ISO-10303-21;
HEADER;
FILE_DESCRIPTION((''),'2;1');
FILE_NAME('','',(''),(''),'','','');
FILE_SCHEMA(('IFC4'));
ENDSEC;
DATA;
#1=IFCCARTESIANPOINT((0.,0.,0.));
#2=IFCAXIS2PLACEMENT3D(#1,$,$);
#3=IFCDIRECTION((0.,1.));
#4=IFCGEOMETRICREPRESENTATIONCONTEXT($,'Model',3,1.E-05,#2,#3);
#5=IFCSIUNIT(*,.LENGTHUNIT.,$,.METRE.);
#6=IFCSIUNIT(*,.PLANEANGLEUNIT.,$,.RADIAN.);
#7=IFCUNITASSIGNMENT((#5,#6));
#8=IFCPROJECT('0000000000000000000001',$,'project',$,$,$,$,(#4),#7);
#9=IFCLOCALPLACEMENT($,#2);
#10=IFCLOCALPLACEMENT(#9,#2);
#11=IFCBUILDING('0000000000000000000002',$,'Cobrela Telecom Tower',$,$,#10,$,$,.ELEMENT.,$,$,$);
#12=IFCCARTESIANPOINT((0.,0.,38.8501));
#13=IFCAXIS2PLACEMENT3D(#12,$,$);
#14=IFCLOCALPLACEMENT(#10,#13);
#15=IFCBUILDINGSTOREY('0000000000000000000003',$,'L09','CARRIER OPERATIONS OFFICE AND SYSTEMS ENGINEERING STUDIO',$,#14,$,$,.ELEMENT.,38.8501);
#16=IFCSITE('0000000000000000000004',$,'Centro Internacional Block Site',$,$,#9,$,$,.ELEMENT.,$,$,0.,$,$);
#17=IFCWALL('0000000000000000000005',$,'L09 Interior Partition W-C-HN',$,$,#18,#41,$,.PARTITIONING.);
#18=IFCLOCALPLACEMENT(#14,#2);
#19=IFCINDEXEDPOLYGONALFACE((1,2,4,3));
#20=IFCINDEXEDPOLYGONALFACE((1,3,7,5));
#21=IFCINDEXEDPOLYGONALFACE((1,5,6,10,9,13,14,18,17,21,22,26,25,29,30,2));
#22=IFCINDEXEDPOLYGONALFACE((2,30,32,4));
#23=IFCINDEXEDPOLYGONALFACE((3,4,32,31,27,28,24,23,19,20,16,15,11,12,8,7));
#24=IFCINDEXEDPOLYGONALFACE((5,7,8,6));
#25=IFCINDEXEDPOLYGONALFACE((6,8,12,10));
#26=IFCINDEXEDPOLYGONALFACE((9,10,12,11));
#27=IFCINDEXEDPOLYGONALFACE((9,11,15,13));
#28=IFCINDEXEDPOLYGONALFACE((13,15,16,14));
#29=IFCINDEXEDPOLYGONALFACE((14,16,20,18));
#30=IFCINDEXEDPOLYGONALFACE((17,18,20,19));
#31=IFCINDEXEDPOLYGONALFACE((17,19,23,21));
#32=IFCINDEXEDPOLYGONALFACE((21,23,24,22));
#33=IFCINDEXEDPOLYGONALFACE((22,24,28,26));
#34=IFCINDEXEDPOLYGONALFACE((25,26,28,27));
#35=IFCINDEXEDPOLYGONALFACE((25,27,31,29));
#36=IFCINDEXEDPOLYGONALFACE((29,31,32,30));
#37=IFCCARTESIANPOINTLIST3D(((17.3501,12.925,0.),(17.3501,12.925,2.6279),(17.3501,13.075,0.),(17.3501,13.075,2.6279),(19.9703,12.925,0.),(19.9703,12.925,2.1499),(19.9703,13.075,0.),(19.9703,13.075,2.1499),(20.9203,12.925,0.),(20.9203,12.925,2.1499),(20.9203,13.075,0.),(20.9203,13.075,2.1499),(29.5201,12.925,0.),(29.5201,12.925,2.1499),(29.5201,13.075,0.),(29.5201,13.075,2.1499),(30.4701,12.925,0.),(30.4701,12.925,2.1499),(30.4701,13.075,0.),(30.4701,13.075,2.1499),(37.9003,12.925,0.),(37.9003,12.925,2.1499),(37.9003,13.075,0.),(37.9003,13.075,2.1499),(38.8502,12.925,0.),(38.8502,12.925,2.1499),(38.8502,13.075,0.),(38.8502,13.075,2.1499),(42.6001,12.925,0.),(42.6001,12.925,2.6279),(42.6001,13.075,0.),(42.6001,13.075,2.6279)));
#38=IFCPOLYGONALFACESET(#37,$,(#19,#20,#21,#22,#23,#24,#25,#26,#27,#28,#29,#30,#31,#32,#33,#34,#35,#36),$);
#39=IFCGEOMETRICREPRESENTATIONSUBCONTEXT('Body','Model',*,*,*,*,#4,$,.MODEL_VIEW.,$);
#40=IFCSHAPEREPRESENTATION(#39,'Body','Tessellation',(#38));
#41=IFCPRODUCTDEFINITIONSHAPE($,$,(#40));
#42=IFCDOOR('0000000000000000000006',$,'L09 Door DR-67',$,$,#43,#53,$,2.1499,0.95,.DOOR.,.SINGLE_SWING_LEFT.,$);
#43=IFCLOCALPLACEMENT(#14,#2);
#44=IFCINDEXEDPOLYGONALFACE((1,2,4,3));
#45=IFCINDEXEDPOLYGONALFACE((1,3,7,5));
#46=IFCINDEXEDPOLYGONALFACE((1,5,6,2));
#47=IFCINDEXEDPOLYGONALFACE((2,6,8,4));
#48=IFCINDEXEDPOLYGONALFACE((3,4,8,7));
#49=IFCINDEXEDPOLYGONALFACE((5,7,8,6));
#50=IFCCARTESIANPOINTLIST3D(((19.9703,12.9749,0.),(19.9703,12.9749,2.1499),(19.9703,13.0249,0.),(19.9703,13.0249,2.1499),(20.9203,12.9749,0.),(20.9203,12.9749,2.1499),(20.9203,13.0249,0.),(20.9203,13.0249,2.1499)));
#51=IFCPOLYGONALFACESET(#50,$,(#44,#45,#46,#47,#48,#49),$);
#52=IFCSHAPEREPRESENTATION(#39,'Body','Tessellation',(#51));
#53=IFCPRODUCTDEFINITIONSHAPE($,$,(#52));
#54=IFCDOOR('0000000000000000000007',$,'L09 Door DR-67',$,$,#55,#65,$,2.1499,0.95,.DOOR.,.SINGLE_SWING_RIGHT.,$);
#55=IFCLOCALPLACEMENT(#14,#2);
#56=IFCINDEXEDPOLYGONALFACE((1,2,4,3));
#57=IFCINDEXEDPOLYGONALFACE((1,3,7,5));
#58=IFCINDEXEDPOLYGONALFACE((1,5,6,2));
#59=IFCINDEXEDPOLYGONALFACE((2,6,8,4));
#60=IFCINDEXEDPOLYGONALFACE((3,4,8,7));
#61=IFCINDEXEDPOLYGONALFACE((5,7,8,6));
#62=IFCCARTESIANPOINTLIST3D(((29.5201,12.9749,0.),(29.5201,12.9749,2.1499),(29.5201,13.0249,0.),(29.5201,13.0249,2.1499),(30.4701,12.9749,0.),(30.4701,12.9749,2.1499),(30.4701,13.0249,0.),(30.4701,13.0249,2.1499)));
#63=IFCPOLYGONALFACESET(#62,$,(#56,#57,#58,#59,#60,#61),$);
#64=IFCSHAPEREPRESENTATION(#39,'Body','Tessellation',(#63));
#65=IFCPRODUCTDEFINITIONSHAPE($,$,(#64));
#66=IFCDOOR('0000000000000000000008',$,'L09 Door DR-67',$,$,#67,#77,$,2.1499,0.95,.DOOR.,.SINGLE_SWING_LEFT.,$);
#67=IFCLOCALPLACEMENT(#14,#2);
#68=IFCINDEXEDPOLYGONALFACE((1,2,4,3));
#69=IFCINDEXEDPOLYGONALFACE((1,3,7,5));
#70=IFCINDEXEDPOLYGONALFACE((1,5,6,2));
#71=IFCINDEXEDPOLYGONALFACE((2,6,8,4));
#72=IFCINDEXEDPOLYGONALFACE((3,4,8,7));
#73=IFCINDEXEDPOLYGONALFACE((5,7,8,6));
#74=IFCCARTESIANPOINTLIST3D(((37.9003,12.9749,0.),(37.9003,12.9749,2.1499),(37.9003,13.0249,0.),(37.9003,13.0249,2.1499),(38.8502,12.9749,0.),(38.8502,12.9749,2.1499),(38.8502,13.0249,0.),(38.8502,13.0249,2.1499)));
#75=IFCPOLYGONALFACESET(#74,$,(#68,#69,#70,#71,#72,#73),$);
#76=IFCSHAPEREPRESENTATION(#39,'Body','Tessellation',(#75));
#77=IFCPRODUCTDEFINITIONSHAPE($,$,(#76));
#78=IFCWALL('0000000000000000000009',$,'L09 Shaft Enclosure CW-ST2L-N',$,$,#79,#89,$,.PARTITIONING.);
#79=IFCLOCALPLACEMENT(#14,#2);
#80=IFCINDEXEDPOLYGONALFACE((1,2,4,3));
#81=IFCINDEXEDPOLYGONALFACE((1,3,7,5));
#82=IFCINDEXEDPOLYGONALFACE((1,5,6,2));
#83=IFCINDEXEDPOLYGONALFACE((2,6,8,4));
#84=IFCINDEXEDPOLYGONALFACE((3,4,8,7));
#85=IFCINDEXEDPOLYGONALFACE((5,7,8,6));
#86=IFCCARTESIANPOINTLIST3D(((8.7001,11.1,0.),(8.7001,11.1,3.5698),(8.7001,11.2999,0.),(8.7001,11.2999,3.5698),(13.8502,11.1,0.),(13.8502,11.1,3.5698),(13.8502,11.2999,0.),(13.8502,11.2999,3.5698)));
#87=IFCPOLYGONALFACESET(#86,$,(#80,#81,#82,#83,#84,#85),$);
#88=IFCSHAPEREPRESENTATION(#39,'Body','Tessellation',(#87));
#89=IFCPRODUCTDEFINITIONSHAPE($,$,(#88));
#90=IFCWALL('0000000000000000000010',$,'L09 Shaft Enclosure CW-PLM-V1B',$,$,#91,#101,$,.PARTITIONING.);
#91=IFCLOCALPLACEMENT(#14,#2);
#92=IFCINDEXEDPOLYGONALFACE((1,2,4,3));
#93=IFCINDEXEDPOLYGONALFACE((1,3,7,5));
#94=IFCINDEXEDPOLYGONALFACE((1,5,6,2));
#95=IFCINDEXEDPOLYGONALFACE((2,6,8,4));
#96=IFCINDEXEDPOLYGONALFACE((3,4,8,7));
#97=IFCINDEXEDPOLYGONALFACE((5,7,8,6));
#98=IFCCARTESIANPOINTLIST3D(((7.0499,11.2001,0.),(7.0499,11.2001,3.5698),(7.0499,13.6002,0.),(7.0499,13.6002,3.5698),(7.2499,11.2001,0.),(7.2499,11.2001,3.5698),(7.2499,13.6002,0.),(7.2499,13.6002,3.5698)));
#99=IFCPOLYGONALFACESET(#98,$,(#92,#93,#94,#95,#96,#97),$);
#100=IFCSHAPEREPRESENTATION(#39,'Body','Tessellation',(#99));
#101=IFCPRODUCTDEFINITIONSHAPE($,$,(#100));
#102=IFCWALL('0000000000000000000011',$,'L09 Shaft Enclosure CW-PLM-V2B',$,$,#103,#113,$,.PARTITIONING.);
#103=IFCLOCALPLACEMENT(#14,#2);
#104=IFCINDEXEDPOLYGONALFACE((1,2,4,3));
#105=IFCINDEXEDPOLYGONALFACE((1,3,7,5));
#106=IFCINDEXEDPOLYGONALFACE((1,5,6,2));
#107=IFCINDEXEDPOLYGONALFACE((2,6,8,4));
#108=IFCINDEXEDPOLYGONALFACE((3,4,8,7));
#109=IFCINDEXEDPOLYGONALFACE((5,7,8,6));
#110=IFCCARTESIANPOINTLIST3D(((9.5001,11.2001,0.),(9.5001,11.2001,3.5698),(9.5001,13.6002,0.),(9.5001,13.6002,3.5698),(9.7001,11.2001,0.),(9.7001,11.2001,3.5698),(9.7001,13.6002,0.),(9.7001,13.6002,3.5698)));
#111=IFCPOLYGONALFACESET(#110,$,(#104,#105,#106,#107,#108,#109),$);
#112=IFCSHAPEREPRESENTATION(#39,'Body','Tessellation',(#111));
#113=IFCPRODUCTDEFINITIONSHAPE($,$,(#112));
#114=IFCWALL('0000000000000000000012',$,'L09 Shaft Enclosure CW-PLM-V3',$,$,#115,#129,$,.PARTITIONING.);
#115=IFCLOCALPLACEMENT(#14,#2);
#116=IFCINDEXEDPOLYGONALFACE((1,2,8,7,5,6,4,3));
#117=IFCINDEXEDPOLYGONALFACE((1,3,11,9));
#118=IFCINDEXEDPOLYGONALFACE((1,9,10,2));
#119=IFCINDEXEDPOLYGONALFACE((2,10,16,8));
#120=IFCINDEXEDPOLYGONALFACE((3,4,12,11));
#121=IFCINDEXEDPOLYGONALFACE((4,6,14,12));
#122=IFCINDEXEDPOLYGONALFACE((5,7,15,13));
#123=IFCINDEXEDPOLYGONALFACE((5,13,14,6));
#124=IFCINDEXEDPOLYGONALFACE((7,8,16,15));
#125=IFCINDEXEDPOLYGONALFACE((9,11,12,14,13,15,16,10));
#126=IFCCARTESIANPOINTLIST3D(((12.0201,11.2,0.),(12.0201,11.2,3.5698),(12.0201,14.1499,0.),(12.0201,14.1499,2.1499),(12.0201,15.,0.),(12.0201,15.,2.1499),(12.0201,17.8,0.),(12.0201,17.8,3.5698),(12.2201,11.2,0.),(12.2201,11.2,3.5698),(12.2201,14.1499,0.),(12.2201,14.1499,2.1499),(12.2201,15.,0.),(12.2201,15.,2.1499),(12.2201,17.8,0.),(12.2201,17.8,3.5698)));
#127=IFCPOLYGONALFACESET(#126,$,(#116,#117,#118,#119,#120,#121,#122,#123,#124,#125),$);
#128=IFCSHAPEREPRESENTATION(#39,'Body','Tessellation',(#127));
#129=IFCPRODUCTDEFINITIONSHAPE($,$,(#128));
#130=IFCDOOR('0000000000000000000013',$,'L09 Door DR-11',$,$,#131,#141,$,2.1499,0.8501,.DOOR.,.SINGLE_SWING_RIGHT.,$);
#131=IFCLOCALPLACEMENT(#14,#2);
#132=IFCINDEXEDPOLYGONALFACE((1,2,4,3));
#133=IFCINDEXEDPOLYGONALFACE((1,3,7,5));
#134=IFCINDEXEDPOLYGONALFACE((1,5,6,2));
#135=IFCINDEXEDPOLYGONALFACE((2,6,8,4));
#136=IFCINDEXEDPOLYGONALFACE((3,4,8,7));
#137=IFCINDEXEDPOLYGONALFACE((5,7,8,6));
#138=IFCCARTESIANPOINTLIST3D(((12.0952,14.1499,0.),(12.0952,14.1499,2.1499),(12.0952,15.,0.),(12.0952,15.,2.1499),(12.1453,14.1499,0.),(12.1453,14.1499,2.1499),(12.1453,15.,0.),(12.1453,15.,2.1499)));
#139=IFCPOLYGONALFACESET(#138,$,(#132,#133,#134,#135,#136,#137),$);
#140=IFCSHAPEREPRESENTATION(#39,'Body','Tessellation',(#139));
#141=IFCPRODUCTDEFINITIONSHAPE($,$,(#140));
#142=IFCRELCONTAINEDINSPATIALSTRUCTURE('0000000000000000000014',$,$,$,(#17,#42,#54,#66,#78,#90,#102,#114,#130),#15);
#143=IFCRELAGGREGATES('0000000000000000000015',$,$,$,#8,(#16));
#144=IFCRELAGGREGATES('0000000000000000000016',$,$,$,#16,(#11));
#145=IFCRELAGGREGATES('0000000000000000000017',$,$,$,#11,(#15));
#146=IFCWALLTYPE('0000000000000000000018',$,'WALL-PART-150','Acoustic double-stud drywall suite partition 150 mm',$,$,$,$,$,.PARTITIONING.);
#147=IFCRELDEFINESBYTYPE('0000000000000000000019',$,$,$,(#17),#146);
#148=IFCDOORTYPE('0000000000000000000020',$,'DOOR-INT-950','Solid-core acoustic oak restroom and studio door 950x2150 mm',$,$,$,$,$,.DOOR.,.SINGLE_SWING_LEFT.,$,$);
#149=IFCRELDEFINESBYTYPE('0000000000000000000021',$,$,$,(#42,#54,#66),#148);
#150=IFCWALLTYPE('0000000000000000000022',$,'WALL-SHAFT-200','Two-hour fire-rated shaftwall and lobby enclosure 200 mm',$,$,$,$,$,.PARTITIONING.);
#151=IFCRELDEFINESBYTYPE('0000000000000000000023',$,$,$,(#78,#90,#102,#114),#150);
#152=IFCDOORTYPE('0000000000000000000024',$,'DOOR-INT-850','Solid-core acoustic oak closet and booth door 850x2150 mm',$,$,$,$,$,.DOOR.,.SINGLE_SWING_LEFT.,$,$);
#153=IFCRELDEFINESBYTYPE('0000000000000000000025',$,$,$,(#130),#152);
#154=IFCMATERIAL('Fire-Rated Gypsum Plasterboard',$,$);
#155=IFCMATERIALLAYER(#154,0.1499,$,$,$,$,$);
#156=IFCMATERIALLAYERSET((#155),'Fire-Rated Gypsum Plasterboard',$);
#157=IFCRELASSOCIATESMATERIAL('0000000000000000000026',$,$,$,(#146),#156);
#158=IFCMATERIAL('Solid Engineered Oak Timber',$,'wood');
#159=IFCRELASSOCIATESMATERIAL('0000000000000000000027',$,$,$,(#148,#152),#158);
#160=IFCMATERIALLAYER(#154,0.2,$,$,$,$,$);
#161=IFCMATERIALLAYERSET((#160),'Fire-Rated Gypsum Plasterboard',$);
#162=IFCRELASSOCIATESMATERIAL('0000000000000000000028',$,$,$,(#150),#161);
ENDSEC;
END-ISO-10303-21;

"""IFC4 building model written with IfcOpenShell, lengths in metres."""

from ifc_helpers import new_model, si_unit, direction, frame, frame_2d, origin, place, context, subcontext, project, spatial, rectangle, extrude, material, layer, layer_set, type_object, element, fill, save


model = new_model("IFC4")

# Units and contexts
model_context = context("Model", 3, precision=1e-05, world=origin(), true_north=direction((0.0, 1.0)))
body_context = subcontext(model_context, "Body", "Model", "MODEL_VIEW")
ifc_project = project(units=[si_unit("LENGTHUNIT", "METRE"), si_unit("PLANEANGLEUNIT", "RADIAN")], contexts=[model_context])

# Site, building, storey
site_placement = place(None, origin())
site = spatial("IfcSite", under=ifc_project, at=site_placement, Name="Centro Internacional Block Site", CompositionType="ELEMENT", RefElevation=0.0)
building_placement = place(site_placement, origin())
building = spatial("IfcBuilding", under=site, at=building_placement, Name="Cobrela Telecom Tower", CompositionType="ELEMENT")
storey_placement = place(building_placement, frame((0.0, 0.0, 38.8501)))
storey = spatial("IfcBuildingStorey", under=building, at=storey_placement, Name="L09", Description="CARRIER OPERATIONS OFFICE AND SYSTEMS ENGINEERING STUDIO", CompositionType="ELEMENT", Elevation=38.8501)

# Shared definitions
ifc_material_1 = material(Name="Fire-Rated Gypsum Plasterboard")
ifc_layer_1 = layer(ifc_material_1, 0.1499)
ifc_layer_set_1 = layer_set([ifc_layer_1], Name="Fire-Rated Gypsum Plasterboard")
wall_type_1 = type_object("IfcWallType", Name="WALL-PART-150", Description="Acoustic double-stud drywall suite partition 150 mm", PredefinedType="PARTITIONING", material=ifc_layer_set_1)
ifc_material_2 = material(Name="Solid Engineered Oak Timber", Category="wood")
door_type_1 = type_object("IfcDoorType", Name="DOOR-INT-950", Description="Solid-core acoustic oak restroom and studio door 950x2150 mm", OperationType="SINGLE_SWING_LEFT", PredefinedType="DOOR", material=ifc_material_2)

# Wall, openings, doors
wall_1_placement = place(storey_placement, frame((17.3501, 13.0, 0.0), z_axis=(0.0, 0.0, 1.0), x_axis=(1.0, 0.0, 0.0)))
wall_1 = element("IfcWall", 1, at=wall_1_placement, inside=storey, type_object=wall_type_1, Name="L09 Interior Partition W-C-HN", PredefinedType="PARTITIONING", context=body_context, shape_type="SweptSolid", body=[
    extrude(rectangle(XDim=25.25, YDim=0.1499, at=frame_2d((12.625, 0.0))), origin(), (0.0, 0.0, 1.0), 2.6279),
])
opening_1_placement = place(wall_1_placement, frame((2.6201, 0.0, 0.0)))
opening_1 = element("IfcOpeningElement", 2, at=opening_1_placement, cuts=wall_1, PredefinedType="OPENING", context=body_context, shape_type="SweptSolid", body=[
    extrude(rectangle(XDim=0.95, YDim=2.1499, at=frame_2d((0.4751, 1.075))), frame((0.0, 0.0869, 0.0), z_axis=(0.0, -1.0, 0.0), x_axis=(1.0, 0.0, 0.0)), (0.0, 0.0, 1.0), 0.1738),
])
opening_2_placement = place(wall_1_placement, frame((12.1699, 0.0, 0.0)))
opening_2 = element("IfcOpeningElement", 3, at=opening_2_placement, cuts=wall_1, PredefinedType="OPENING", context=body_context, shape_type="SweptSolid", body=[
    extrude(rectangle(XDim=0.95, YDim=2.1499, at=frame_2d((0.4751, 1.075))), frame((0.0, 0.0869, 0.0), z_axis=(0.0, -1.0, 0.0), x_axis=(1.0, 0.0, 0.0)), (0.0, 0.0, 1.0), 0.1738),
])
opening_3_placement = place(wall_1_placement, frame((20.55, 0.0, 0.0)))
opening_3 = element("IfcOpeningElement", 4, at=opening_3_placement, cuts=wall_1, PredefinedType="OPENING", context=body_context, shape_type="SweptSolid", body=[
    extrude(rectangle(XDim=0.95, YDim=2.1499, at=frame_2d((0.4751, 1.075))), frame((0.0, 0.0869, 0.0), z_axis=(0.0, -1.0, 0.0), x_axis=(1.0, 0.0, 0.0)), (0.0, 0.0, 1.0), 0.1738),
])
door_1_placement = place(opening_1_placement, origin())
door_1 = element("IfcDoor", 5, at=door_1_placement, inside=storey, type_object=door_type_1, Name="L09 Door DR-67", OperationType="SINGLE_SWING_LEFT", OverallHeight=2.1499, OverallWidth=0.95, PredefinedType="DOOR", context=body_context, shape_type="SweptSolid", body=[
    extrude(rectangle(XDim=0.95, YDim=2.1499, at=frame_2d((0.4751, 1.075))), frame((0.0, 0.0249, 0.0), z_axis=(0.0, -1.0, 0.0), x_axis=(1.0, 0.0, 0.0)), (0.0, 0.0, 1.0), 0.05),
])
fill(opening_1, door_1)
door_2_placement = place(opening_2_placement, origin())
door_2 = element("IfcDoor", 6, at=door_2_placement, inside=storey, type_object=door_type_1, Name="L09 Door DR-67", OperationType="SINGLE_SWING_RIGHT", OverallHeight=2.1499, OverallWidth=0.95, PredefinedType="DOOR", context=body_context, shape_type="SweptSolid", body=[
    extrude(rectangle(XDim=0.95, YDim=2.1499, at=frame_2d((0.4751, 1.075))), frame((0.0, 0.0249, 0.0), z_axis=(0.0, -1.0, 0.0), x_axis=(1.0, 0.0, 0.0)), (0.0, 0.0, 1.0), 0.05),
])
fill(opening_2, door_2)
door_3_placement = place(opening_3_placement, origin())
door_3 = element("IfcDoor", 7, at=door_3_placement, inside=storey, type_object=door_type_1, Name="L09 Door DR-67", OperationType="SINGLE_SWING_LEFT", OverallHeight=2.1499, OverallWidth=0.95, PredefinedType="DOOR", context=body_context, shape_type="SweptSolid", body=[
    extrude(rectangle(XDim=0.95, YDim=2.1499, at=frame_2d((0.4751, 1.075))), frame((0.0, 0.0249, 0.0), z_axis=(0.0, -1.0, 0.0), x_axis=(1.0, 0.0, 0.0)), (0.0, 0.0, 1.0), 0.05),
])
fill(opening_3, door_3)

# Walls
ifc_layer_2 = layer(ifc_material_1, 0.2)
ifc_layer_set_2 = layer_set([ifc_layer_2], Name="Fire-Rated Gypsum Plasterboard")
wall_type_2 = type_object("IfcWallType", Name="WALL-SHAFT-200", Description="Two-hour fire-rated shaftwall and lobby enclosure 200 mm", PredefinedType="PARTITIONING", material=ifc_layer_set_2)
wall_2_placement = place(storey_placement, frame((8.7, 11.2, 0.0), z_axis=(0.0, 0.0, 1.0), x_axis=(1.0, 0.0, 0.0)))
element("IfcWall", 8, at=wall_2_placement, inside=storey, type_object=wall_type_2, Name="L09 Shaft Enclosure CW-ST2L-N", PredefinedType="PARTITIONING", context=body_context, shape_type="SweptSolid", body=[
    extrude(rectangle(XDim=5.1501, YDim=0.2, at=frame_2d((2.5752, 0.0))), origin(), (0.0, 0.0, 1.0), 3.5698),
])
for number, where, z_axis, x_axis, name in (
    (9, (7.1499, 11.2, 0.0), (0.0, 0.0, 1.0), (0.0, 1.0, 0.0), "L09 Shaft Enclosure CW-PLM-V1B"),
    (10, (9.6001, 11.2, 0.0), (0.0, 0.0, 1.0), (0.0, 1.0, 0.0), "L09 Shaft Enclosure CW-PLM-V2B"),
):
    element("IfcWall", number, at=place(storey_placement, frame(where, z_axis=z_axis, x_axis=x_axis)), inside=storey, type_object=wall_type_2, Name=name, PredefinedType="PARTITIONING", context=body_context, shape_type="SweptSolid", body=[
        extrude(rectangle(XDim=2.4001, YDim=0.2, at=frame_2d((1.2002, 0.0))), origin(), (0.0, 0.0, 1.0), 3.5698),
    ])

# Wall, opening, door
wall_3_placement = place(storey_placement, frame((12.1201, 11.2, 0.0), z_axis=(0.0, 0.0, 1.0), x_axis=(0.0, 1.0, 0.0)))
wall_3 = element("IfcWall", 11, at=wall_3_placement, inside=storey, type_object=wall_type_2, Name="L09 Shaft Enclosure CW-PLM-V3", PredefinedType="PARTITIONING", context=body_context, shape_type="SweptSolid", body=[
    extrude(rectangle(XDim=6.6001, YDim=0.2, at=frame_2d((3.3, 0.0))), origin(), (0.0, 0.0, 1.0), 3.5698),
])
opening_4_placement = place(wall_3_placement, frame((2.95, 0.0, 0.0)))
opening_4 = element("IfcOpeningElement", 12, at=opening_4_placement, cuts=wall_3, PredefinedType="OPENING", context=body_context, shape_type="SweptSolid", body=[
    extrude(rectangle(XDim=0.8501, YDim=2.1499, at=frame_2d((0.425, 1.075))), frame((0.0, 0.1118, 0.0), z_axis=(0.0, -1.0, 0.0), x_axis=(1.0, 0.0, 0.0)), (0.0, 0.0, 1.0), 0.2239),
])
door_type_2 = type_object("IfcDoorType", Name="DOOR-INT-850", Description="Solid-core acoustic oak closet and booth door 850x2150 mm", OperationType="SINGLE_SWING_LEFT", PredefinedType="DOOR", material=ifc_material_2)
door_4_placement = place(opening_4_placement, origin())
door_4 = element("IfcDoor", 13, at=door_4_placement, inside=storey, type_object=door_type_2, Name="L09 Door DR-11", OperationType="SINGLE_SWING_RIGHT", OverallHeight=2.1499, OverallWidth=0.8501, PredefinedType="DOOR", context=body_context, shape_type="SweptSolid", body=[
    extrude(rectangle(XDim=0.8501, YDim=2.1499, at=frame_2d((0.425, 1.075))), frame((0.0, 0.0249, 0.0), z_axis=(0.0, -1.0, 0.0), x_axis=(1.0, 0.0, 0.0)), (0.0, 0.0, 1.0), 0.05),
])
fill(opening_4, door_4)

save(model, "model.ifc")
